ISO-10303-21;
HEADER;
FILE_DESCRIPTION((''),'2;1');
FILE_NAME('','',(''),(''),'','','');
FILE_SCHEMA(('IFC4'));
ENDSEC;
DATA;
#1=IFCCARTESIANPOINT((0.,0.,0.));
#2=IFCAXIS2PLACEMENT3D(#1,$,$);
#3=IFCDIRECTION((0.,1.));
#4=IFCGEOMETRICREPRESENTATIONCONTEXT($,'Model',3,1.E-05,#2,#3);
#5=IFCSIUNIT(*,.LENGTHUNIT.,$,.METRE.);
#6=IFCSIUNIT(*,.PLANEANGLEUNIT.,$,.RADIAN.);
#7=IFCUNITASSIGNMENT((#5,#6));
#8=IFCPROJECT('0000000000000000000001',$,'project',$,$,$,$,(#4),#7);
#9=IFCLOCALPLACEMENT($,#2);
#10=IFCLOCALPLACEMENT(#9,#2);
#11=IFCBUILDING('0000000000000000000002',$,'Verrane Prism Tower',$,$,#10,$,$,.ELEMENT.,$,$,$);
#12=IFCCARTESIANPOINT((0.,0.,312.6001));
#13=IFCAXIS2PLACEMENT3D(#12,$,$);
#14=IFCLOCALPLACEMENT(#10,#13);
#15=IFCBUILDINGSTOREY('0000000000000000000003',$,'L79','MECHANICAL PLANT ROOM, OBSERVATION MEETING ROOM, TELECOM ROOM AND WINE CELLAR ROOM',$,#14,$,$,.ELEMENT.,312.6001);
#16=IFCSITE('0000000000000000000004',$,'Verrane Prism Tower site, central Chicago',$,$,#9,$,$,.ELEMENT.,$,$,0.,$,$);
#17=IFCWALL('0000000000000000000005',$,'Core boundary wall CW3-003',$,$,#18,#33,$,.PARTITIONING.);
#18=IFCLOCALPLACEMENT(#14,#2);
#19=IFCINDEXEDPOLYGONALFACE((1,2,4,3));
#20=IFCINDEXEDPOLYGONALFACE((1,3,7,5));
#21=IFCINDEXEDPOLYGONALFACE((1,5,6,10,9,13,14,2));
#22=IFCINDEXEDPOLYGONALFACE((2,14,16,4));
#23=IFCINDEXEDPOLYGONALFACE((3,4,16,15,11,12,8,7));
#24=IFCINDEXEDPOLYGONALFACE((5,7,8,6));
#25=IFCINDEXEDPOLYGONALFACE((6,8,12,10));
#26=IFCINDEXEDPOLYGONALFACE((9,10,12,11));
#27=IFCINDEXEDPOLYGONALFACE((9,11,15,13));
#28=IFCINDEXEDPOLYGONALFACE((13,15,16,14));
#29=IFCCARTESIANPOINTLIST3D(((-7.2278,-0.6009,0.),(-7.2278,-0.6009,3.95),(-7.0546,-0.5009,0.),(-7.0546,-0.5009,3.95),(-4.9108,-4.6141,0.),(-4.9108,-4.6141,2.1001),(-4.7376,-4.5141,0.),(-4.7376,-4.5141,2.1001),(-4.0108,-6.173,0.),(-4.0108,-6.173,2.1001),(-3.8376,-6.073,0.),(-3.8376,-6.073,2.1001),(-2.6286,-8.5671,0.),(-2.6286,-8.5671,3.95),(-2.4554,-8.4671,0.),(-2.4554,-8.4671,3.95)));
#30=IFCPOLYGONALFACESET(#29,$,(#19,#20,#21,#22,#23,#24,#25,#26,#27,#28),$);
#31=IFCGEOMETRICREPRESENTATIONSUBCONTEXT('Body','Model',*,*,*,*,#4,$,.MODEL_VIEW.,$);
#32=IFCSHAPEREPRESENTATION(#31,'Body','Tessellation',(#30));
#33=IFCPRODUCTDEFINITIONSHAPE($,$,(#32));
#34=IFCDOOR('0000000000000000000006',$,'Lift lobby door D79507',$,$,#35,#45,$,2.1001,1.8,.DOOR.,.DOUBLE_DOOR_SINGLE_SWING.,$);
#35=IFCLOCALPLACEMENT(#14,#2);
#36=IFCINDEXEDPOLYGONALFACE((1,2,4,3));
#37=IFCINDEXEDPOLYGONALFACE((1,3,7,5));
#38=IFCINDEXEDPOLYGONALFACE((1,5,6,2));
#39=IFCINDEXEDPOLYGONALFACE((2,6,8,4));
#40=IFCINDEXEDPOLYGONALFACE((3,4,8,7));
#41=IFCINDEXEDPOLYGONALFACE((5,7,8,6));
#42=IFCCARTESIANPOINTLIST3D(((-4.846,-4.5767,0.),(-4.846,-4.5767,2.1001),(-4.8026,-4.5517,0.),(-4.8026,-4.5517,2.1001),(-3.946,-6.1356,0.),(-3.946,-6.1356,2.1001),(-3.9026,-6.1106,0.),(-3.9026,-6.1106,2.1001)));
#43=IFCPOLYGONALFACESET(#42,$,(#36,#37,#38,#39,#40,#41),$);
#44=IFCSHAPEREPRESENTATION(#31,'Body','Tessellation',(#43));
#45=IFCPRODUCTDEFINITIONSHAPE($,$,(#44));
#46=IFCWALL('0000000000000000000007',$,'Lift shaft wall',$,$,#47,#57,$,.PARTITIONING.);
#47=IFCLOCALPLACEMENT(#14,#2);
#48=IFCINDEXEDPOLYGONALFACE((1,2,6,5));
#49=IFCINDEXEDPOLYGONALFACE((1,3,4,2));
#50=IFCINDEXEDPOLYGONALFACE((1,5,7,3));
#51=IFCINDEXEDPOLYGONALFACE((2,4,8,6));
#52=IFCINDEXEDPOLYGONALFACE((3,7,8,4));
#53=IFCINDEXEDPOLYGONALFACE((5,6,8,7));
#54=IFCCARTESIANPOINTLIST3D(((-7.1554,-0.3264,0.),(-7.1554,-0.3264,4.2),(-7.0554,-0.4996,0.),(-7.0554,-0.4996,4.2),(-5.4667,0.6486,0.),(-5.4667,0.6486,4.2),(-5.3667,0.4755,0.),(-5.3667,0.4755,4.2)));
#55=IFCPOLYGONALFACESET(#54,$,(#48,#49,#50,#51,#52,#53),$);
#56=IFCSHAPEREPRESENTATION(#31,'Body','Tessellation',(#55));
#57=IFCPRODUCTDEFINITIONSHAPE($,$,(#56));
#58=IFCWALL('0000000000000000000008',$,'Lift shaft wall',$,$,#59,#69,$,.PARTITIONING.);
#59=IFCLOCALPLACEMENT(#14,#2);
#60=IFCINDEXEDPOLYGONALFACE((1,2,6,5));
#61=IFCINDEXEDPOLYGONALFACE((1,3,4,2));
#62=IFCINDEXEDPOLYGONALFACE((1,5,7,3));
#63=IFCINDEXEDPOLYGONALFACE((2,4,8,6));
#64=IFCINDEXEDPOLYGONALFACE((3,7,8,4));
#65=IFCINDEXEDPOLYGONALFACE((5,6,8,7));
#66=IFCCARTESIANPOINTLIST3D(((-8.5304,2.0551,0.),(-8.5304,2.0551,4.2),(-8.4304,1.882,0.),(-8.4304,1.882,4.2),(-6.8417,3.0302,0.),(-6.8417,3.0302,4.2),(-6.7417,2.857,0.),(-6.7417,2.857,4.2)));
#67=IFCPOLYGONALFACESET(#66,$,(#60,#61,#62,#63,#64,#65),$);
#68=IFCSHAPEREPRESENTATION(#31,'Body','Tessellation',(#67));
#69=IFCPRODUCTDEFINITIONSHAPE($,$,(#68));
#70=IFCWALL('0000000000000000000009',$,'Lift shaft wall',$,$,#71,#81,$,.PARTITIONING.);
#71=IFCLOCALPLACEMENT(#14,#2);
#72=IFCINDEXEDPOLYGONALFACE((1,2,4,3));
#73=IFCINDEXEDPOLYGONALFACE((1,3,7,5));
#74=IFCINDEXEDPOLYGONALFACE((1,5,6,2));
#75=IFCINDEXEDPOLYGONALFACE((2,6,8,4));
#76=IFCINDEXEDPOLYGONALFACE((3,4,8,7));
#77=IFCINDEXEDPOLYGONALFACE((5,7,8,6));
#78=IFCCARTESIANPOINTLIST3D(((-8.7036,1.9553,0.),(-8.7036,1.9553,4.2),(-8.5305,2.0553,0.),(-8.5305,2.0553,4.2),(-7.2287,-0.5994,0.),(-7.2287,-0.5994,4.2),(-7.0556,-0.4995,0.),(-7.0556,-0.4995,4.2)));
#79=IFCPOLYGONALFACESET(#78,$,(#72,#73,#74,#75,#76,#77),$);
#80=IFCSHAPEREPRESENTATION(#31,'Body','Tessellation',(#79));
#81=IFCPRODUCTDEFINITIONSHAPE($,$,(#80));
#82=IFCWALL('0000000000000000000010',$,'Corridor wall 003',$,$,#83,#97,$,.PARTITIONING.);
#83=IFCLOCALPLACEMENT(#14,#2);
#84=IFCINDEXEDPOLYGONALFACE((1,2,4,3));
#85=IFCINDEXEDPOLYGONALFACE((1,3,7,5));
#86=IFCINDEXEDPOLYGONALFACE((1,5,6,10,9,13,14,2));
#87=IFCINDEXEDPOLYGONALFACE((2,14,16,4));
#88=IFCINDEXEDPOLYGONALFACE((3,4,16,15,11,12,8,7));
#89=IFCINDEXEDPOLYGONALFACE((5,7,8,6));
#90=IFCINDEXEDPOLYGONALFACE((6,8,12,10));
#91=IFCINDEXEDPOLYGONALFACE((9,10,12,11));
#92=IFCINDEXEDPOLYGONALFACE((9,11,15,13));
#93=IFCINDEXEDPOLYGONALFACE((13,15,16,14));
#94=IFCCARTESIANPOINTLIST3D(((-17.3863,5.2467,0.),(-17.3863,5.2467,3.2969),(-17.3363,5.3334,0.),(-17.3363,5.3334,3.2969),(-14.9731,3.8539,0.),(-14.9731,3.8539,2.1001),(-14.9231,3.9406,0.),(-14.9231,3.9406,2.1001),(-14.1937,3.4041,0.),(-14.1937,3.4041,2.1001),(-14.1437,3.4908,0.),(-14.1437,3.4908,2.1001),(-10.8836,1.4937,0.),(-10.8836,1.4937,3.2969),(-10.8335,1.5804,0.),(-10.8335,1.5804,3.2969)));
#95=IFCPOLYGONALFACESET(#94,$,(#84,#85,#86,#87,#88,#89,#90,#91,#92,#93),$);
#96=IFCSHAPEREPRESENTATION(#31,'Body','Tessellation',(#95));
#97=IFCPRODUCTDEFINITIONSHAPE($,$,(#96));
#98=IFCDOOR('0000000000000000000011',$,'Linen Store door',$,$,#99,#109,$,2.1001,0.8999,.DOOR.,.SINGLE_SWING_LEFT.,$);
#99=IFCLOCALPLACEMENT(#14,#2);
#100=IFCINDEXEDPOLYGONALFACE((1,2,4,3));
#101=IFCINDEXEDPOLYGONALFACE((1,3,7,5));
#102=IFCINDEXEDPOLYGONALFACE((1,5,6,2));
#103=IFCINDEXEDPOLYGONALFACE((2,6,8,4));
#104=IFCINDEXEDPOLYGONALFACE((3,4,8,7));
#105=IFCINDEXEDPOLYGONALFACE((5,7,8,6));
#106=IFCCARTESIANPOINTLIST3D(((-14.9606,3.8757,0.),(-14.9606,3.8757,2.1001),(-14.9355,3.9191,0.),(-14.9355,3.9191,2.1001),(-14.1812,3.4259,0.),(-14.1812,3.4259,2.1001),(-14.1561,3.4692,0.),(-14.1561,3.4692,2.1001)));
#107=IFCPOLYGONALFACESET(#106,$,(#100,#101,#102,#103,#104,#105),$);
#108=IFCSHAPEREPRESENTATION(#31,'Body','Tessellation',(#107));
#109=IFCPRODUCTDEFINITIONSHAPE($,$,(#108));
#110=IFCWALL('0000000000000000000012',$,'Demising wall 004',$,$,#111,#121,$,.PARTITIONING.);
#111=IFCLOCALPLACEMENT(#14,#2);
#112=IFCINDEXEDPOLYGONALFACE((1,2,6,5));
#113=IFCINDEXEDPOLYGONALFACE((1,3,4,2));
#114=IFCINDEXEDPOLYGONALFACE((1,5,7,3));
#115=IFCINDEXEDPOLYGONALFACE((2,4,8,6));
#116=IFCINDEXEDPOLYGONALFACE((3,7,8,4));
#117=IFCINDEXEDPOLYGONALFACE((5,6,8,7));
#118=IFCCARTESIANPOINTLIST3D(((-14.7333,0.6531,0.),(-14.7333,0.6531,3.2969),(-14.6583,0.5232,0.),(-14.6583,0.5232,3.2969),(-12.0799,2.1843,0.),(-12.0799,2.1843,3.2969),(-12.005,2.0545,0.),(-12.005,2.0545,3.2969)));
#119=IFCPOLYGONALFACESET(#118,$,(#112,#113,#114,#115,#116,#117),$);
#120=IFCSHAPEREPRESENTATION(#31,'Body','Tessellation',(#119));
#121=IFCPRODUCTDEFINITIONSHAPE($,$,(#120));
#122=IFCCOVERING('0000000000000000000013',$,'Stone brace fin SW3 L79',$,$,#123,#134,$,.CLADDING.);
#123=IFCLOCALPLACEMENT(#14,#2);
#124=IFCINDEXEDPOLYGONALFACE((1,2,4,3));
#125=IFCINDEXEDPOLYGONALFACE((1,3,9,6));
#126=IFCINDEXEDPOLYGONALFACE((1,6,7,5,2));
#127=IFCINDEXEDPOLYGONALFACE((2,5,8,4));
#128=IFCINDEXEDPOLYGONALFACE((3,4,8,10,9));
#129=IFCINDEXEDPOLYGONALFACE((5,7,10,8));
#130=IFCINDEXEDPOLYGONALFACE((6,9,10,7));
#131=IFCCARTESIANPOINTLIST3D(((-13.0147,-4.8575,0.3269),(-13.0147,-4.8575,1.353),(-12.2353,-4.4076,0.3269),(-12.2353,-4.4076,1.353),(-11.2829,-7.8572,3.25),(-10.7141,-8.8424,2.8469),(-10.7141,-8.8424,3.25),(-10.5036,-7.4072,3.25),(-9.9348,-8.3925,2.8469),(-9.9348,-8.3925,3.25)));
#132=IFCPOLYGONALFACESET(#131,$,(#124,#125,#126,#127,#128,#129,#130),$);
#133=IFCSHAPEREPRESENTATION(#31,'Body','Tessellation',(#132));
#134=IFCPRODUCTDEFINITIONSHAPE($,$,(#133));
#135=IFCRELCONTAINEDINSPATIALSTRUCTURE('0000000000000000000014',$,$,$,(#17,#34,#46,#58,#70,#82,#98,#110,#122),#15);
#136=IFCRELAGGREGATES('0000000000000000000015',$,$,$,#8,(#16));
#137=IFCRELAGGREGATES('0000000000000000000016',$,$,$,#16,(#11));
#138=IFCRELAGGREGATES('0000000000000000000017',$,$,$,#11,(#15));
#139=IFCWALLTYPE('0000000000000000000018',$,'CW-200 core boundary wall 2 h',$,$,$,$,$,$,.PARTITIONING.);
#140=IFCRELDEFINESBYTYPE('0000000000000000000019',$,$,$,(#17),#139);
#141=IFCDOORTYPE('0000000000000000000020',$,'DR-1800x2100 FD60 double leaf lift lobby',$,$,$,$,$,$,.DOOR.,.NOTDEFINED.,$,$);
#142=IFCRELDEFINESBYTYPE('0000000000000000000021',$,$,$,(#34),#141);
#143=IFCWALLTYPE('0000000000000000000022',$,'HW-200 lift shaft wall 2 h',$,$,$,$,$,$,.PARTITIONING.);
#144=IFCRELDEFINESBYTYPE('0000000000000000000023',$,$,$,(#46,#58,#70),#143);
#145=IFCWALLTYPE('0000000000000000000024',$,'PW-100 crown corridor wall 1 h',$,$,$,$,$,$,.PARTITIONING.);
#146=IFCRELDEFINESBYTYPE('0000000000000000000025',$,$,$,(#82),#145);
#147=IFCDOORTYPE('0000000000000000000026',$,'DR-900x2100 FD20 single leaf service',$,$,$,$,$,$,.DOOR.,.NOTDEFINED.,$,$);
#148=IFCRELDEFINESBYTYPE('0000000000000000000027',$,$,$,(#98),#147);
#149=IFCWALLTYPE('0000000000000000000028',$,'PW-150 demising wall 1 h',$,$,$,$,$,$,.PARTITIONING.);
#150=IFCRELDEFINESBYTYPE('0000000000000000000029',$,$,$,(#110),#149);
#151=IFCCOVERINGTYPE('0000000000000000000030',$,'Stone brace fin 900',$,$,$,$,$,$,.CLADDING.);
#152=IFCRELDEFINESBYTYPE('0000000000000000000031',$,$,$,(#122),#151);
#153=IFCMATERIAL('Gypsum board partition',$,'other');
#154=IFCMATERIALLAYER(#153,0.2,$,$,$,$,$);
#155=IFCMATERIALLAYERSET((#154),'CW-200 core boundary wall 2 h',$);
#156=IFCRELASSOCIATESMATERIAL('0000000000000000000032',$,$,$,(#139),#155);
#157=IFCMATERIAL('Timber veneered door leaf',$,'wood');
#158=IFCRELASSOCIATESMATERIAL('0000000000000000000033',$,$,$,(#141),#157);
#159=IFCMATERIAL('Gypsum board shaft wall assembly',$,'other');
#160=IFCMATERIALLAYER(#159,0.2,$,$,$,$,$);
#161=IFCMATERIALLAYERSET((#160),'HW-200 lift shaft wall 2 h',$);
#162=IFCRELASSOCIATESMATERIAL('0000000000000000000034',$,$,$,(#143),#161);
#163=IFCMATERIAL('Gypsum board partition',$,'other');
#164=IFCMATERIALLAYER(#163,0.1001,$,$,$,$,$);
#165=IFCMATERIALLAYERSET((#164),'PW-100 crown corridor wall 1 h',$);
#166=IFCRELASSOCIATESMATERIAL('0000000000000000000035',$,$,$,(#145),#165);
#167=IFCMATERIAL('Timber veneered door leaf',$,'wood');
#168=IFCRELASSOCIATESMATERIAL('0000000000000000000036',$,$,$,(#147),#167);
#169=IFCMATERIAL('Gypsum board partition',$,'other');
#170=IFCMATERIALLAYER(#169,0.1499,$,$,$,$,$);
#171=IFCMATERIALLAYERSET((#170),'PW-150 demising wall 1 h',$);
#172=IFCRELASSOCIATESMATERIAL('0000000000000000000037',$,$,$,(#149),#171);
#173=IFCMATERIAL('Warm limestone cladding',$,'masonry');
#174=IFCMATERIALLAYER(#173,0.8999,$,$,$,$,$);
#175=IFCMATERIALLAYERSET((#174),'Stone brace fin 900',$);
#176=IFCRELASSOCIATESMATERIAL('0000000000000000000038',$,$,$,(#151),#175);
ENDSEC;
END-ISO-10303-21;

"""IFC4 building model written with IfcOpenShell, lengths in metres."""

from ifc_helpers import new_model, si_unit, direction, frame, frame_2d, origin, place, context, subcontext, project, spatial, polyline, rectangle, outline, extrude, material, layer, layer_set, type_object, element, fill, save


model = new_model("IFC4")

# Units and contexts
model_context = context("Model", 3, precision=1e-05, world=origin(), true_north=direction((0.0, 1.0)))
body_context = subcontext(model_context, "Body", "Model", "MODEL_VIEW")
ifc_project = project(units=[si_unit("LENGTHUNIT", "METRE"), si_unit("PLANEANGLEUNIT", "RADIAN")], contexts=[model_context])

# Site, building, storey
site_placement = place(None, origin())
site = spatial("IfcSite", under=ifc_project, at=site_placement, Name="Verrane Prism Tower site, central Chicago", CompositionType="ELEMENT", RefElevation=0.0)
building_placement = place(site_placement, origin())
building = spatial("IfcBuilding", under=site, at=building_placement, Name="Verrane Prism Tower", CompositionType="ELEMENT")
storey_placement = place(building_placement, frame((0.0, 0.0, 312.6001)))
storey = spatial("IfcBuildingStorey", under=building, at=storey_placement, Name="L79", Description="MECHANICAL PLANT ROOM, OBSERVATION MEETING ROOM, TELECOM ROOM AND WINE CELLAR ROOM", CompositionType="ELEMENT", Elevation=312.6001)

# Wall, opening, door
ifc_material_1 = material(Name="Gypsum board partition", Category="other")
ifc_layer_1 = layer(ifc_material_1, 0.2)
ifc_layer_set_1 = layer_set([ifc_layer_1], Name="CW-200 core boundary wall 2 h")
wall_type_1 = type_object("IfcWallType", Name="CW-200 core boundary wall 2 h", PredefinedType="PARTITIONING", material=ifc_layer_set_1)
wall_1_placement = place(storey_placement, frame((-7.1411, -0.551, 0.0), z_axis=(0.0, 0.0, 1.0), x_axis=(0.499993, -0.86603, 0.0)))
wall_1 = element("IfcWall", 1, at=wall_1_placement, inside=storey, type_object=wall_type_1, Name="Core boundary wall CW3-003", PredefinedType="PARTITIONING", context=body_context, shape_type="SweptSolid", body=[
    extrude(rectangle(XDim=9.1985, YDim=0.2, at=frame_2d((4.5991, 0.0))), origin(), (0.0, 0.0, 1.0), 3.95),
])
opening_1_placement = place(wall_1_placement, frame((4.634, 0.0, 0.0)))
opening_1 = element("IfcOpeningElement", 2, at=opening_1_placement, cuts=wall_1, PredefinedType="OPENING", context=body_context, shape_type="SweptSolid", body=[
    extrude(rectangle(XDim=1.8, YDim=2.1001, at=frame_2d((0.8999, 1.05))), frame((0.0, 0.1099, 0.0), z_axis=(0.0, -1.0, 0.0), x_axis=(1.0, 0.0, 0.0)), (0.0, 0.0, 1.0), 0.22),
])
ifc_material_2 = material(Name="Timber veneered door leaf", Category="wood")
door_type_1 = type_object("IfcDoorType", Name="DR-1800x2100 FD60 double leaf lift lobby", OperationType="NOTDEFINED", PredefinedType="DOOR", material=ifc_material_2)
door_1_placement = place(opening_1_placement, origin())
door_1 = element("IfcDoor", 3, at=door_1_placement, inside=storey, type_object=door_type_1, Name="Lift lobby door D79507", OperationType="DOUBLE_DOOR_SINGLE_SWING", OverallHeight=2.1001, OverallWidth=1.8, PredefinedType="DOOR", context=body_context, shape_type="SweptSolid", body=[
    extrude(rectangle(XDim=1.8, YDim=2.1001, at=frame_2d((0.8999, 1.05))), frame((0.0, 0.0249, 0.0), z_axis=(0.0, -1.0, 0.0), x_axis=(1.0, 0.0, 0.0)), (0.0, 0.0, 1.0), 0.05),
])
fill(opening_1, door_1)

# Walls
ifc_material_3 = material(Name="Gypsum board shaft wall assembly", Category="other")
ifc_layer_2 = layer(ifc_material_3, 0.2)
ifc_layer_set_2 = layer_set([ifc_layer_2], Name="HW-200 lift shaft wall 2 h")
wall_type_2 = type_object("IfcWallType", Name="HW-200 lift shaft wall 2 h", PredefinedType="PARTITIONING", material=ifc_layer_set_2)
for number, where, z_axis, x_axis, name in (
    (4, (-7.1055, -0.4131, 0.0), (0.0, 0.0, 1.0), (0.866, 0.500044, 0.0), "Lift shaft wall"),
    (5, (-8.4805, 1.9685, 0.0), (0.0, 0.0, 1.0), (0.866, 0.500044, 0.0), "Lift shaft wall"),
):
    element("IfcWall", number, at=place(storey_placement, frame(where, z_axis=z_axis, x_axis=x_axis)), inside=storey, type_object=wall_type_2, Name=name, PredefinedType="PARTITIONING", context=body_context, shape_type="SweptSolid", body=[
        extrude(rectangle(XDim=1.95, YDim=0.2, at=frame_2d((0.9751, 0.0))), origin(), (0.0, 0.0, 1.0), 4.2),
    ])
wall_2_placement = place(storey_placement, frame((-7.1421, -0.5496, 0.0), z_axis=(0.0, 0.0, 1.0), x_axis=(-0.499976, 0.866039, 0.0)))
element("IfcWall", 6, at=wall_2_placement, inside=storey, type_object=wall_type_2, Name="Lift shaft wall", PredefinedType="PARTITIONING", context=body_context, shape_type="SweptSolid", body=[
    extrude(rectangle(XDim=2.95, YDim=0.2, at=frame_2d((1.4751, 0.0))), origin(), (0.0, 0.0, 1.0), 4.2),
])

# Wall, opening, door
ifc_material_4 = material(Name="Gypsum board partition", Category="other")
ifc_layer_3 = layer(ifc_material_4, 0.1001)
ifc_layer_set_3 = layer_set([ifc_layer_3], Name="PW-100 crown corridor wall 1 h")
wall_type_3 = type_object("IfcWallType", Name="PW-100 crown corridor wall 1 h", PredefinedType="PARTITIONING", material=ifc_layer_set_3)
wall_3_placement = place(storey_placement, frame((-10.8586, 1.5371, 0.0), z_axis=(0.0, 0.0, 1.0), x_axis=(-0.866106, 0.49986, 0.0)))
wall_3 = element("IfcWall", 7, at=wall_3_placement, inside=storey, type_object=wall_type_3, Name="Corridor wall 003", PredefinedType="PARTITIONING", context=body_context, shape_type="SweptSolid", body=[
    extrude(rectangle(XDim=7.5081, YDim=0.1001, at=frame_2d((3.7539, 0.0))), origin(), (0.0, 0.0, 1.0), 3.2969),
])
opening_2_placement = place(wall_3_placement, frame((3.8218, 0.0, 0.0)))
opening_2 = element("IfcOpeningElement", 8, at=opening_2_placement, cuts=wall_3, PredefinedType="OPENING", context=body_context, shape_type="SweptSolid", body=[
    extrude(rectangle(XDim=0.8999, YDim=2.1001, at=frame_2d((0.45, 1.05))), frame((0.0, 0.0601, 0.0), z_axis=(0.0, -1.0, 0.0), x_axis=(1.0, 0.0, 0.0)), (0.0, 0.0, 1.0), 0.1201),
])
ifc_material_5 = material(Name="Timber veneered door leaf", Category="wood")
door_type_2 = type_object("IfcDoorType", Name="DR-900x2100 FD20 single leaf service", OperationType="NOTDEFINED", PredefinedType="DOOR", material=ifc_material_5)
door_2_placement = place(opening_2_placement, origin())
door_2 = element("IfcDoor", 9, at=door_2_placement, inside=storey, type_object=door_type_2, Name="Linen Store door", OperationType="SINGLE_SWING_LEFT", OverallHeight=2.1001, OverallWidth=0.8999, PredefinedType="DOOR", context=body_context, shape_type="SweptSolid", body=[
    extrude(rectangle(XDim=0.8999, YDim=2.1001, at=frame_2d((0.45, 1.05))), frame((0.0, 0.0249, 0.0), z_axis=(0.0, -1.0, 0.0), x_axis=(1.0, 0.0, 0.0)), (0.0, 0.0, 1.0), 0.05),
])
fill(opening_2, door_2)

# Wall
ifc_material_6 = material(Name="Gypsum board partition", Category="other")
ifc_layer_4 = layer(ifc_material_6, 0.1499)
ifc_layer_set_4 = layer_set([ifc_layer_4], Name="PW-150 demising wall 1 h")
wall_type_4 = type_object("IfcWallType", Name="PW-150 demising wall 1 h", PredefinedType="PARTITIONING", material=ifc_layer_set_4)
wall_4_placement = place(storey_placement, frame((-14.6958, 0.5881, 0.0), z_axis=(0.0, 0.0, 1.0), x_axis=(0.866117, 0.499842, 0.0)))
element("IfcWall", 10, at=wall_4_placement, inside=storey, type_object=wall_type_4, Name="Demising wall 004", PredefinedType="PARTITIONING", context=body_context, shape_type="SweptSolid", body=[
    extrude(rectangle(XDim=3.0635, YDim=0.1499, at=frame_2d((1.5317, 0.0))), origin(), (0.0, 0.0, 1.0), 3.2969),
])

# Covering
ifc_material_7 = material(Name="Warm limestone cladding", Category="masonry")
ifc_layer_5 = layer(ifc_material_7, 0.8999)
ifc_layer_set_5 = layer_set([ifc_layer_5], Name="Stone brace fin 900")
covering_type = type_object("IfcCoveringType", Name="Stone brace fin 900", PredefinedType="CLADDING", material=ifc_layer_set_5)
covering_placement = place(storey_placement, frame((-12.625, -4.6326, 0.3269), z_axis=(0.0, 0.0, 1.0), x_axis=(0.49998, -0.866037, 0.0)))
element("IfcCovering", 11, at=covering_placement, inside=storey, type_object=covering_type, Name="Stone brace fin SW3 L79", PredefinedType="CLADDING", context=body_context, shape_type="SweptSolid", body=[
    extrude(outline(polyline([(4.6013, 2.9231), (3.4636, 2.9231), (0.0, 1.0261), (0.0, 0.0), (4.6013, 2.52), (4.6013, 2.9231)])), frame((0.0, 0.45, 0.0), z_axis=(0.0, -1.0, 0.0), x_axis=(1.0, 0.0, 0.0)), (0.0, 0.0, 1.0), 0.8999),
])

save(model, "model.ifc")
